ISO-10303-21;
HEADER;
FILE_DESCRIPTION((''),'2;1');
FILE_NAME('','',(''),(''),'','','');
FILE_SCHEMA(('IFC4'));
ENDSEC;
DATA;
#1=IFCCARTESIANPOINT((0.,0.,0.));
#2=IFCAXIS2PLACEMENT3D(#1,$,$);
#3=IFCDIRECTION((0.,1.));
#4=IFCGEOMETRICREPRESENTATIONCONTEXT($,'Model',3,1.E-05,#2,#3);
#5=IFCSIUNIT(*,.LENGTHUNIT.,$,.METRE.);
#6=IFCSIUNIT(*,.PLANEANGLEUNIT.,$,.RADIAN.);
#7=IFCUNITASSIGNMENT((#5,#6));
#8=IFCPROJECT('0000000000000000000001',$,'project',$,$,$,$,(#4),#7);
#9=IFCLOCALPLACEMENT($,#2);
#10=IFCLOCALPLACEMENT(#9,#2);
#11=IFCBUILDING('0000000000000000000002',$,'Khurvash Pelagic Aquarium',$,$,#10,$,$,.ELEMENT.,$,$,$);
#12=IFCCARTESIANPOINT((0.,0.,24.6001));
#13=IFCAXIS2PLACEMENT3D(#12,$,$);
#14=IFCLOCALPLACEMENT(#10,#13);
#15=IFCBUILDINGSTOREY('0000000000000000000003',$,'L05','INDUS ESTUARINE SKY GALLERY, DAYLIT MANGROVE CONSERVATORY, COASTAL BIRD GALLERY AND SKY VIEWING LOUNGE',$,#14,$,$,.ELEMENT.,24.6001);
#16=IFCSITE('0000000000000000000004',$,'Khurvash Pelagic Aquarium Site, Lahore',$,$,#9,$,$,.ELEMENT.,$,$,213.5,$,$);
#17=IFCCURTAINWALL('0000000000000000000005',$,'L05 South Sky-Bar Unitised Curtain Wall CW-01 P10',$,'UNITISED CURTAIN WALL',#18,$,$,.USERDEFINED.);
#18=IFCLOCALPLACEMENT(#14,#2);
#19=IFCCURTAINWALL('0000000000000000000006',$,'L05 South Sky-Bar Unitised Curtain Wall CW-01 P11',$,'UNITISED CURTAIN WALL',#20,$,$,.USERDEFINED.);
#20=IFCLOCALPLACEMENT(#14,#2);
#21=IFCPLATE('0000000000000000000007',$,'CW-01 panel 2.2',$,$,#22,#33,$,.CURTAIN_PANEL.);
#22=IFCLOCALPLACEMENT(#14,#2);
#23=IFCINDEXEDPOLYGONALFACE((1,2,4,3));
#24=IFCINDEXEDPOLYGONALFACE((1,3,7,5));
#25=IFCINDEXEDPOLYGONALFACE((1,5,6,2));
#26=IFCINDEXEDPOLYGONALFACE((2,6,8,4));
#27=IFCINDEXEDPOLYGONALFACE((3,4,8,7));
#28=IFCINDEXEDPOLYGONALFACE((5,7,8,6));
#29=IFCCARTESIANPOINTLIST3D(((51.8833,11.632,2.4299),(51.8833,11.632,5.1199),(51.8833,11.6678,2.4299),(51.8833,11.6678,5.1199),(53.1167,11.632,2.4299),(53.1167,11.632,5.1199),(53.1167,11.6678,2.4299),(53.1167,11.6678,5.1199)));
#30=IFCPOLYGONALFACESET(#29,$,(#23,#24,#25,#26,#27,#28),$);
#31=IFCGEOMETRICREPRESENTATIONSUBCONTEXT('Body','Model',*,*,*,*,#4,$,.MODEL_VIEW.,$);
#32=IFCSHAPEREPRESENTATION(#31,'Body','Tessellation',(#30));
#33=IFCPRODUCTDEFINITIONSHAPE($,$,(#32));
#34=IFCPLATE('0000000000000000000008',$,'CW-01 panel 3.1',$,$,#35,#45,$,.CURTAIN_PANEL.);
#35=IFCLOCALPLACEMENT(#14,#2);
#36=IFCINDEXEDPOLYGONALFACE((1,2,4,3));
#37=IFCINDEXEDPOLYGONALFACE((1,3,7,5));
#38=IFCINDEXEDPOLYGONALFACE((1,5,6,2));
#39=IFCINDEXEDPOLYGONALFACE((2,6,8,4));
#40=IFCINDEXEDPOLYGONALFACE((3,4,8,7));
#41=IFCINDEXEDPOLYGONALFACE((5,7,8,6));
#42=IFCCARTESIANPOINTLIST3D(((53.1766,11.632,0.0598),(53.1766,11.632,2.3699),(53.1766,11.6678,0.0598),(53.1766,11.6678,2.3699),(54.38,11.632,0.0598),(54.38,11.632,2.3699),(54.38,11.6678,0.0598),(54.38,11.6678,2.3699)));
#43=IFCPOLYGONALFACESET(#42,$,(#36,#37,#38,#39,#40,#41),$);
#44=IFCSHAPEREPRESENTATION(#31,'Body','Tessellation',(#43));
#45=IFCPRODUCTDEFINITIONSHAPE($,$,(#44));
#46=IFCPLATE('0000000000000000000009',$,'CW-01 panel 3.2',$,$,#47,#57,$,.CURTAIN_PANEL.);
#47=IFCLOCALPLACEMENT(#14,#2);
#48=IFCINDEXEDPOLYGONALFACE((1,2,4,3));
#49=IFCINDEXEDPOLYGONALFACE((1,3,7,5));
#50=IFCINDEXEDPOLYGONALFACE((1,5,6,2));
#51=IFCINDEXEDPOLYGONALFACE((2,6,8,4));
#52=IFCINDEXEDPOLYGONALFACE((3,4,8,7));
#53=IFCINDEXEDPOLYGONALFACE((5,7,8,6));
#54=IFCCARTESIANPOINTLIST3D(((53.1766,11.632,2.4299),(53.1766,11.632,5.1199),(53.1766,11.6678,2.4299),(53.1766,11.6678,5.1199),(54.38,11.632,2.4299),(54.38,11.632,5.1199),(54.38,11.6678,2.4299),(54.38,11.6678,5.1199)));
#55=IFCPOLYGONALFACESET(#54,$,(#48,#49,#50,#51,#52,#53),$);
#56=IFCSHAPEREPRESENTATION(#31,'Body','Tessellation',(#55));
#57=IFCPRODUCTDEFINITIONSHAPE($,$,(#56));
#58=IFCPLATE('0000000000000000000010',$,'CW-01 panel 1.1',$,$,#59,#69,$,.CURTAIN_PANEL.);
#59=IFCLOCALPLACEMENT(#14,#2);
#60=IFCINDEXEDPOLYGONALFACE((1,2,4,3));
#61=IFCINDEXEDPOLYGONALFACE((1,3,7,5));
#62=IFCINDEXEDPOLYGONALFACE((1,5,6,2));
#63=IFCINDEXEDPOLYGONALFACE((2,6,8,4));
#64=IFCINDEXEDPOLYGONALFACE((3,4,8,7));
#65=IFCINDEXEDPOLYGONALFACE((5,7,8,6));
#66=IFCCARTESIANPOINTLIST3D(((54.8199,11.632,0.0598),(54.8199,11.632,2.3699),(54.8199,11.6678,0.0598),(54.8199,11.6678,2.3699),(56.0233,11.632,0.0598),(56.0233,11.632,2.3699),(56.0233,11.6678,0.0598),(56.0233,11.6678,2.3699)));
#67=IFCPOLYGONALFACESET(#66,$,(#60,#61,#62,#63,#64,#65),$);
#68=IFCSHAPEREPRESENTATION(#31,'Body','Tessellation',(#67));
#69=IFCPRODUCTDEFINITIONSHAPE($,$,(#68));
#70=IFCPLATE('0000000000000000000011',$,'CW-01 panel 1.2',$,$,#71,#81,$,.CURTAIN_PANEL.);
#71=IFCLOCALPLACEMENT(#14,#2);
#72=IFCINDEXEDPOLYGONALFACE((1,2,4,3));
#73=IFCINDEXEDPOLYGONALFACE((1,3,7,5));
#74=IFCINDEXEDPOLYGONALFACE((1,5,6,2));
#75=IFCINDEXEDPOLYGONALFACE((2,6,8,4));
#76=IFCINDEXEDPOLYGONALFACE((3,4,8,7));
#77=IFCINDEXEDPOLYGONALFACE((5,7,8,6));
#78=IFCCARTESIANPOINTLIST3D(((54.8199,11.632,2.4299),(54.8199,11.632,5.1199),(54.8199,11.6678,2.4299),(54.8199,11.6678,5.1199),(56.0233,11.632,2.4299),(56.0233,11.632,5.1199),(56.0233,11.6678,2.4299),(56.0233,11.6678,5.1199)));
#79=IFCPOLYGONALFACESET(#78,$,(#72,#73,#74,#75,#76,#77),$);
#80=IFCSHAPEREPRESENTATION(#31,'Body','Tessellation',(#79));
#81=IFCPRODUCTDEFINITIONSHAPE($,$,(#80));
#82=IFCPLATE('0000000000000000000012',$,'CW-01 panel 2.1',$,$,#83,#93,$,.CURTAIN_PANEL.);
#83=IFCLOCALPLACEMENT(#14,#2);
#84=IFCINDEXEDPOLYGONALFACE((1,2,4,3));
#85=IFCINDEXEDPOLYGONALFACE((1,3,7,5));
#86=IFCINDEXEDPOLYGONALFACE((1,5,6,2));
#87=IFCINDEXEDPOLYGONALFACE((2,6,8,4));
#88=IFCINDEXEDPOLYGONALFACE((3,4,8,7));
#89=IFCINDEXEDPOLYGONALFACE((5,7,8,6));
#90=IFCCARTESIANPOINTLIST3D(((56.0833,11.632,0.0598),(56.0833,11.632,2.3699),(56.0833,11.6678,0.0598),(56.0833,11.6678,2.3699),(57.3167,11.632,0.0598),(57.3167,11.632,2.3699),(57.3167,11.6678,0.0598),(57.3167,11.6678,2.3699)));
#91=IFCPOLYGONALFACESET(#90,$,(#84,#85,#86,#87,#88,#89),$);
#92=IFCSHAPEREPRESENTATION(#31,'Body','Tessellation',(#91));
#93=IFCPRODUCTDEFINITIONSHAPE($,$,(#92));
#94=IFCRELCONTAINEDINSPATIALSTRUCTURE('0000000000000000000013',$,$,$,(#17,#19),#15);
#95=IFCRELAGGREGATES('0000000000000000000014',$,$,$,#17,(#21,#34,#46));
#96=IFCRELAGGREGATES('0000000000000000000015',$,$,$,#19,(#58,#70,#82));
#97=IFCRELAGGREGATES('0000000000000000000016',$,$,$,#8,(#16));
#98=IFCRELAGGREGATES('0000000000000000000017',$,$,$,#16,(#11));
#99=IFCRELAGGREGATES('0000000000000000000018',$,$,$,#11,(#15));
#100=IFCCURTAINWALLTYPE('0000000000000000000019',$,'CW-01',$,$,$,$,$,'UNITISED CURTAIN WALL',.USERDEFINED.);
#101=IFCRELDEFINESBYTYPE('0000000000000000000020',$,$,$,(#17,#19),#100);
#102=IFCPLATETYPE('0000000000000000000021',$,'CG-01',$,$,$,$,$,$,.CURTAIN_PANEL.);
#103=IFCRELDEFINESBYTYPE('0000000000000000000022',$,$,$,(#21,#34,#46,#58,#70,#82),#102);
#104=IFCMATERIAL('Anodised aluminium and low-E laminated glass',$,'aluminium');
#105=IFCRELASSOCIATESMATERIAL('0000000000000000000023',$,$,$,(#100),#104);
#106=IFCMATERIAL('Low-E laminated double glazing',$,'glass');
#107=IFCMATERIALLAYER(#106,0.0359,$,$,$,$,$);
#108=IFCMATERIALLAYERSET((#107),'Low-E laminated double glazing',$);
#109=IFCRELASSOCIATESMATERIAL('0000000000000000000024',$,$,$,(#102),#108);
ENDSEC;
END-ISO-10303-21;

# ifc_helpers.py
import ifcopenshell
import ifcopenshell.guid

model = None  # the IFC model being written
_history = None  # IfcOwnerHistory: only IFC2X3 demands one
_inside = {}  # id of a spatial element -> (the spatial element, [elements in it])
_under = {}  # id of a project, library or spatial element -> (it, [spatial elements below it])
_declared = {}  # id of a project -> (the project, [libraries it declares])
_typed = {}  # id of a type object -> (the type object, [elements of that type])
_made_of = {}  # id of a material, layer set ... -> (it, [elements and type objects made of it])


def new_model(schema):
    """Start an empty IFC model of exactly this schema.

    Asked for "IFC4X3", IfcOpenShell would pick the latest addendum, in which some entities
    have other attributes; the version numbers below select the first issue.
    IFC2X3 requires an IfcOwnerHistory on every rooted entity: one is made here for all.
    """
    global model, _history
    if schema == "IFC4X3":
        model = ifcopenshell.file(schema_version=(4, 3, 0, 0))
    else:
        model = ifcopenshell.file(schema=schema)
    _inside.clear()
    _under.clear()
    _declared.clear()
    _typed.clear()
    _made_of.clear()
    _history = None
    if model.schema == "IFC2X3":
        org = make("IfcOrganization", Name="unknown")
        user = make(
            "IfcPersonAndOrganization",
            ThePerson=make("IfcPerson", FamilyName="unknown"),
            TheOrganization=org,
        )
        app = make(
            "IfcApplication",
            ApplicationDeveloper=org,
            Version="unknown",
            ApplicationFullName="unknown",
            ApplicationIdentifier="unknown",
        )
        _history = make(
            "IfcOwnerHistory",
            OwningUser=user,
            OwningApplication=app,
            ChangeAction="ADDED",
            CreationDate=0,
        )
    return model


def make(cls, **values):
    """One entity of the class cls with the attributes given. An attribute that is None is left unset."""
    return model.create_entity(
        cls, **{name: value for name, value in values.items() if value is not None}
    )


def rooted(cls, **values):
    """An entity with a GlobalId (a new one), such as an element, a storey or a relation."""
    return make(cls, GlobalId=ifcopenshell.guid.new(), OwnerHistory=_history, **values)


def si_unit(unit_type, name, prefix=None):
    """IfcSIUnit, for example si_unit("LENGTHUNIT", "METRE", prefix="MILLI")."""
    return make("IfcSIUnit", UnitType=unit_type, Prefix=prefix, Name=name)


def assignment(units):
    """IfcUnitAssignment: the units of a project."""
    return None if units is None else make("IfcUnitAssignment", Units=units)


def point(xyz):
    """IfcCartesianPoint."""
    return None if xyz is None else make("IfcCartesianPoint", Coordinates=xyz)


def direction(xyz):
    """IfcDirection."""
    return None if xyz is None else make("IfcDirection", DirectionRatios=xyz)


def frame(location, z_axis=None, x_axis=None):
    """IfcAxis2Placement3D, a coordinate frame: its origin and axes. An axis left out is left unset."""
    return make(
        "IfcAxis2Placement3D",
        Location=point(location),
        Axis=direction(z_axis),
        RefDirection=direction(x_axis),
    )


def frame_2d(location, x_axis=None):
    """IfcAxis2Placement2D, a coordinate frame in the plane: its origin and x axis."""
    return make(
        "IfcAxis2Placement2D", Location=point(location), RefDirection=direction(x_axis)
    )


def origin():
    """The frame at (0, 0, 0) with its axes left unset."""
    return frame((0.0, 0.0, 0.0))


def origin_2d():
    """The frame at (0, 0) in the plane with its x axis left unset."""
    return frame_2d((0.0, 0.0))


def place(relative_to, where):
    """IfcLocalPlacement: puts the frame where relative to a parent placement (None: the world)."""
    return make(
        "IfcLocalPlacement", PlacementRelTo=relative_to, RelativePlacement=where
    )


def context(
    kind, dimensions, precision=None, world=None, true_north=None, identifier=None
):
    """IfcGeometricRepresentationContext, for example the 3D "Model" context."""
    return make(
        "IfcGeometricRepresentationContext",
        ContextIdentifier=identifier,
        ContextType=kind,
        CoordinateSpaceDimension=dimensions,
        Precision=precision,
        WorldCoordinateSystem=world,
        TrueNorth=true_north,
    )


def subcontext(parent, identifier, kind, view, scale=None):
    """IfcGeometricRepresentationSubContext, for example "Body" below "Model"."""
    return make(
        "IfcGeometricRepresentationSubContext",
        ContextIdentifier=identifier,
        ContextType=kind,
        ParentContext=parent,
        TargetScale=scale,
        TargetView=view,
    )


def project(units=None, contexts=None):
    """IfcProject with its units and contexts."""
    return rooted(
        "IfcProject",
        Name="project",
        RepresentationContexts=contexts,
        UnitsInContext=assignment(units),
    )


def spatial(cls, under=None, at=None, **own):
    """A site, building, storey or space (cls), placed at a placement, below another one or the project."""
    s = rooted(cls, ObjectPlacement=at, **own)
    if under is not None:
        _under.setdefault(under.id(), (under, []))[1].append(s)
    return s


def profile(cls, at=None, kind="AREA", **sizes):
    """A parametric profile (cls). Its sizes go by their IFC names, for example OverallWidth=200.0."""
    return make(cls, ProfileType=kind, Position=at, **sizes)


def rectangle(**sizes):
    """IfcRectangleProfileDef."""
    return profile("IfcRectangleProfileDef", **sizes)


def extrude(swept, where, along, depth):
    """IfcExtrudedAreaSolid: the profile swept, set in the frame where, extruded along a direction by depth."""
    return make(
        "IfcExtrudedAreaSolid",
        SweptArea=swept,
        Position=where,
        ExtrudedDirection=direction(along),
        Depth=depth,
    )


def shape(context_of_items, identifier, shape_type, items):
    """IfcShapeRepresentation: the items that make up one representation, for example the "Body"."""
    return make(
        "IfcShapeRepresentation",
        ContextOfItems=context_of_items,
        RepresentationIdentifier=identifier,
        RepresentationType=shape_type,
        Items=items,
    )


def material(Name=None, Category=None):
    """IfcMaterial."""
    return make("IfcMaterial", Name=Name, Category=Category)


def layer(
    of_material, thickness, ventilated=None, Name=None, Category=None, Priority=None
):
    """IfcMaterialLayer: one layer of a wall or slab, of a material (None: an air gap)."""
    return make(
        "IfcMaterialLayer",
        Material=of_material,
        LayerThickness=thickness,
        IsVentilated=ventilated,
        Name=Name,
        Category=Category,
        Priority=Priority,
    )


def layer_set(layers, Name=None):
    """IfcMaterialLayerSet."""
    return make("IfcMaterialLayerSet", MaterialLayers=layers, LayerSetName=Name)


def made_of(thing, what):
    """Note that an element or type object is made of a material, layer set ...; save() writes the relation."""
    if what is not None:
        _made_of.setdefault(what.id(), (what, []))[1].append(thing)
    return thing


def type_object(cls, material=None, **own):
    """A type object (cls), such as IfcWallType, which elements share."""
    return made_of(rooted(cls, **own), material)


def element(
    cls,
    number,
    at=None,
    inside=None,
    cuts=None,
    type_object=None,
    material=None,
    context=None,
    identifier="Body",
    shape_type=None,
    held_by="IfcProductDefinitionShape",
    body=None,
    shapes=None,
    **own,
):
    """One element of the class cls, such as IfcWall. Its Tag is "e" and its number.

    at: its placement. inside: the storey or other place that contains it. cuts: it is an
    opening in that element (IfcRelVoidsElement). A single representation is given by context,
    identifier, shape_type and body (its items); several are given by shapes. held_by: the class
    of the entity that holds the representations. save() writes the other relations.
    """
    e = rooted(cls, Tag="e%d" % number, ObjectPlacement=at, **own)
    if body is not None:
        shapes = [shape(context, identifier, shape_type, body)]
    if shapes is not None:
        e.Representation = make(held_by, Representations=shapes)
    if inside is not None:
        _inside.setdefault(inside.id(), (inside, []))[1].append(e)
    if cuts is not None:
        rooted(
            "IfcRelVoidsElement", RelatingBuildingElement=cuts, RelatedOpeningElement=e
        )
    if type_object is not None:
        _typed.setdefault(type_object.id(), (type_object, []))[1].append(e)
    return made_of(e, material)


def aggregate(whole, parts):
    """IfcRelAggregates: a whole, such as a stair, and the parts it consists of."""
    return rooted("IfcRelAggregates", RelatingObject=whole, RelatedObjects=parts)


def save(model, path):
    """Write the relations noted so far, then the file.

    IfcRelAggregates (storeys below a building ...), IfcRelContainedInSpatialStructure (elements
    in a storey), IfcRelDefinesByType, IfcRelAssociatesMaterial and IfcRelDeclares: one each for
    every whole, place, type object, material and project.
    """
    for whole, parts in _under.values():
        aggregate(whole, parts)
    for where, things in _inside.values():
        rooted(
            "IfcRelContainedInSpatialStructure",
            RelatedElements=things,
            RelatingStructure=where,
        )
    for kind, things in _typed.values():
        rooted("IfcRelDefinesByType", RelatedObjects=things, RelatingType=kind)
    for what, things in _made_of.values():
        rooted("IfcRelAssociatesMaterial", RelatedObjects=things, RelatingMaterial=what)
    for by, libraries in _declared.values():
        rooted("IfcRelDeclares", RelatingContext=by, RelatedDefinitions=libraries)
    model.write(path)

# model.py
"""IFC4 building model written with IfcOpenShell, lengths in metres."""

from ifc_helpers import new_model, si_unit, direction, frame, origin, origin_2d, place, context, subcontext, project, spatial, rectangle, extrude, material, layer, layer_set, type_object, element, aggregate, save


model = new_model("IFC4")

# Units and contexts
model_context = context("Model", 3, precision=1e-05, world=origin(), true_north=direction((0.0, 1.0)))
body_context = subcontext(model_context, "Body", "Model", "MODEL_VIEW")
ifc_project = project(units=[si_unit("LENGTHUNIT", "METRE"), si_unit("PLANEANGLEUNIT", "RADIAN")], contexts=[model_context])

# Site, building, storey
site_placement = place(None, origin())
site = spatial("IfcSite", under=ifc_project, at=site_placement, Name="Khurvash Pelagic Aquarium Site, Lahore", CompositionType="ELEMENT", RefElevation=213.5)
building_placement = place(site_placement, origin())
building = spatial("IfcBuilding", under=site, at=building_placement, Name="Khurvash Pelagic Aquarium", CompositionType="ELEMENT")
storey_placement = place(building_placement, frame((0.0, 0.0, 24.6001)))
storey = spatial("IfcBuildingStorey", under=building, at=storey_placement, Name="L05", Description="INDUS ESTUARINE SKY GALLERY, DAYLIT MANGROVE CONSERVATORY, COASTAL BIRD GALLERY AND SKY VIEWING LOUNGE", CompositionType="ELEMENT", Elevation=24.6001)

# Curtain walls
ifc_material_1 = material(Name="Anodised aluminium and low-E laminated glass", Category="aluminium")
curtain_wall_type = type_object("IfcCurtainWallType", Name="CW-01", ElementType="UNITISED CURTAIN WALL", PredefinedType="USERDEFINED", material=ifc_material_1)
curtain_wall_1_placement = place(storey_placement, origin())
curtain_wall_1 = element("IfcCurtainWall", 1, at=curtain_wall_1_placement, inside=storey, type_object=curtain_wall_type, Name="L05 South Sky-Bar Unitised Curtain Wall CW-01 P10", ObjectType="UNITISED CURTAIN WALL", PredefinedType="USERDEFINED")
curtain_wall_2_placement = place(storey_placement, origin())
curtain_wall_2 = element("IfcCurtainWall", 2, at=curtain_wall_2_placement, inside=storey, type_object=curtain_wall_type, Name="L05 South Sky-Bar Unitised Curtain Wall CW-01 P11", ObjectType="UNITISED CURTAIN WALL", PredefinedType="USERDEFINED")

# Plates
ifc_material_2 = material(Name="Low-E laminated double glazing", Category="glass")
ifc_layer = layer(ifc_material_2, 0.0359)
ifc_layer_set = layer_set([ifc_layer], Name="Low-E laminated double glazing")
plate_type = type_object("IfcPlateType", Name="CG-01", PredefinedType="CURTAIN_PANEL", material=ifc_layer_set)
plate_1_placement = place(storey_placement, frame((52.5, 11.6499, 2.4299), z_axis=(0.0, 0.0, 1.0), x_axis=(1.0, 0.0, 0.0)))
plate_1 = element("IfcPlate", 3, at=plate_1_placement, type_object=plate_type, Name="CW-01 panel 2.2", PredefinedType="CURTAIN_PANEL", context=body_context, shape_type="SweptSolid", body=[
    extrude(rectangle(XDim=1.2334, YDim=0.0359, at=origin_2d()), origin(), (0.0, 0.0, 1.0), 2.6899),
])
plate_2_placement = place(storey_placement, frame((53.7783, 11.6499, 0.0598), z_axis=(0.0, 0.0, 1.0), x_axis=(1.0, 0.0, 0.0)))
plate_2 = element("IfcPlate", 4, at=plate_2_placement, type_object=plate_type, Name="CW-01 panel 3.1", PredefinedType="CURTAIN_PANEL", context=body_context, shape_type="SweptSolid", body=[
    extrude(rectangle(XDim=1.2034, YDim=0.0359, at=origin_2d()), origin(), (0.0, 0.0, 1.0), 2.3101),
])
plate_3_placement = place(storey_placement, frame((53.7783, 11.6499, 2.4299), z_axis=(0.0, 0.0, 1.0), x_axis=(1.0, 0.0, 0.0)))
plate_3 = element("IfcPlate", 5, at=plate_3_placement, type_object=plate_type, Name="CW-01 panel 3.2", PredefinedType="CURTAIN_PANEL", context=body_context, shape_type="SweptSolid", body=[
    extrude(rectangle(XDim=1.2034, YDim=0.0359, at=origin_2d()), origin(), (0.0, 0.0, 1.0), 2.6899),
])
aggregate(curtain_wall_1, [plate_1, plate_2, plate_3])
plate_4_placement = place(storey_placement, frame((55.4216, 11.6499, 0.0598), z_axis=(0.0, 0.0, 1.0), x_axis=(1.0, 0.0, 0.0)))
plate_4 = element("IfcPlate", 6, at=plate_4_placement, type_object=plate_type, Name="CW-01 panel 1.1", PredefinedType="CURTAIN_PANEL", context=body_context, shape_type="SweptSolid", body=[
    extrude(rectangle(XDim=1.2034, YDim=0.0359, at=origin_2d()), origin(), (0.0, 0.0, 1.0), 2.3101),
])
plate_5_placement = place(storey_placement, frame((55.4216, 11.6499, 2.4299), z_axis=(0.0, 0.0, 1.0), x_axis=(1.0, 0.0, 0.0)))
plate_5 = element("IfcPlate", 7, at=plate_5_placement, type_object=plate_type, Name="CW-01 panel 1.2", PredefinedType="CURTAIN_PANEL", context=body_context, shape_type="SweptSolid", body=[
    extrude(rectangle(XDim=1.2034, YDim=0.0359, at=origin_2d()), origin(), (0.0, 0.0, 1.0), 2.6899),
])
plate_6_placement = place(storey_placement, frame((56.7, 11.6499, 0.0598), z_axis=(0.0, 0.0, 1.0), x_axis=(1.0, 0.0, 0.0)))
plate_6 = element("IfcPlate", 8, at=plate_6_placement, type_object=plate_type, Name="CW-01 panel 2.1", PredefinedType="CURTAIN_PANEL", context=body_context, shape_type="SweptSolid", body=[
    extrude(rectangle(XDim=1.2334, YDim=0.0359, at=origin_2d()), origin(), (0.0, 0.0, 1.0), 2.3101),
])
aggregate(curtain_wall_2, [plate_4, plate_5, plate_6])

save(model, "model.ifc")
